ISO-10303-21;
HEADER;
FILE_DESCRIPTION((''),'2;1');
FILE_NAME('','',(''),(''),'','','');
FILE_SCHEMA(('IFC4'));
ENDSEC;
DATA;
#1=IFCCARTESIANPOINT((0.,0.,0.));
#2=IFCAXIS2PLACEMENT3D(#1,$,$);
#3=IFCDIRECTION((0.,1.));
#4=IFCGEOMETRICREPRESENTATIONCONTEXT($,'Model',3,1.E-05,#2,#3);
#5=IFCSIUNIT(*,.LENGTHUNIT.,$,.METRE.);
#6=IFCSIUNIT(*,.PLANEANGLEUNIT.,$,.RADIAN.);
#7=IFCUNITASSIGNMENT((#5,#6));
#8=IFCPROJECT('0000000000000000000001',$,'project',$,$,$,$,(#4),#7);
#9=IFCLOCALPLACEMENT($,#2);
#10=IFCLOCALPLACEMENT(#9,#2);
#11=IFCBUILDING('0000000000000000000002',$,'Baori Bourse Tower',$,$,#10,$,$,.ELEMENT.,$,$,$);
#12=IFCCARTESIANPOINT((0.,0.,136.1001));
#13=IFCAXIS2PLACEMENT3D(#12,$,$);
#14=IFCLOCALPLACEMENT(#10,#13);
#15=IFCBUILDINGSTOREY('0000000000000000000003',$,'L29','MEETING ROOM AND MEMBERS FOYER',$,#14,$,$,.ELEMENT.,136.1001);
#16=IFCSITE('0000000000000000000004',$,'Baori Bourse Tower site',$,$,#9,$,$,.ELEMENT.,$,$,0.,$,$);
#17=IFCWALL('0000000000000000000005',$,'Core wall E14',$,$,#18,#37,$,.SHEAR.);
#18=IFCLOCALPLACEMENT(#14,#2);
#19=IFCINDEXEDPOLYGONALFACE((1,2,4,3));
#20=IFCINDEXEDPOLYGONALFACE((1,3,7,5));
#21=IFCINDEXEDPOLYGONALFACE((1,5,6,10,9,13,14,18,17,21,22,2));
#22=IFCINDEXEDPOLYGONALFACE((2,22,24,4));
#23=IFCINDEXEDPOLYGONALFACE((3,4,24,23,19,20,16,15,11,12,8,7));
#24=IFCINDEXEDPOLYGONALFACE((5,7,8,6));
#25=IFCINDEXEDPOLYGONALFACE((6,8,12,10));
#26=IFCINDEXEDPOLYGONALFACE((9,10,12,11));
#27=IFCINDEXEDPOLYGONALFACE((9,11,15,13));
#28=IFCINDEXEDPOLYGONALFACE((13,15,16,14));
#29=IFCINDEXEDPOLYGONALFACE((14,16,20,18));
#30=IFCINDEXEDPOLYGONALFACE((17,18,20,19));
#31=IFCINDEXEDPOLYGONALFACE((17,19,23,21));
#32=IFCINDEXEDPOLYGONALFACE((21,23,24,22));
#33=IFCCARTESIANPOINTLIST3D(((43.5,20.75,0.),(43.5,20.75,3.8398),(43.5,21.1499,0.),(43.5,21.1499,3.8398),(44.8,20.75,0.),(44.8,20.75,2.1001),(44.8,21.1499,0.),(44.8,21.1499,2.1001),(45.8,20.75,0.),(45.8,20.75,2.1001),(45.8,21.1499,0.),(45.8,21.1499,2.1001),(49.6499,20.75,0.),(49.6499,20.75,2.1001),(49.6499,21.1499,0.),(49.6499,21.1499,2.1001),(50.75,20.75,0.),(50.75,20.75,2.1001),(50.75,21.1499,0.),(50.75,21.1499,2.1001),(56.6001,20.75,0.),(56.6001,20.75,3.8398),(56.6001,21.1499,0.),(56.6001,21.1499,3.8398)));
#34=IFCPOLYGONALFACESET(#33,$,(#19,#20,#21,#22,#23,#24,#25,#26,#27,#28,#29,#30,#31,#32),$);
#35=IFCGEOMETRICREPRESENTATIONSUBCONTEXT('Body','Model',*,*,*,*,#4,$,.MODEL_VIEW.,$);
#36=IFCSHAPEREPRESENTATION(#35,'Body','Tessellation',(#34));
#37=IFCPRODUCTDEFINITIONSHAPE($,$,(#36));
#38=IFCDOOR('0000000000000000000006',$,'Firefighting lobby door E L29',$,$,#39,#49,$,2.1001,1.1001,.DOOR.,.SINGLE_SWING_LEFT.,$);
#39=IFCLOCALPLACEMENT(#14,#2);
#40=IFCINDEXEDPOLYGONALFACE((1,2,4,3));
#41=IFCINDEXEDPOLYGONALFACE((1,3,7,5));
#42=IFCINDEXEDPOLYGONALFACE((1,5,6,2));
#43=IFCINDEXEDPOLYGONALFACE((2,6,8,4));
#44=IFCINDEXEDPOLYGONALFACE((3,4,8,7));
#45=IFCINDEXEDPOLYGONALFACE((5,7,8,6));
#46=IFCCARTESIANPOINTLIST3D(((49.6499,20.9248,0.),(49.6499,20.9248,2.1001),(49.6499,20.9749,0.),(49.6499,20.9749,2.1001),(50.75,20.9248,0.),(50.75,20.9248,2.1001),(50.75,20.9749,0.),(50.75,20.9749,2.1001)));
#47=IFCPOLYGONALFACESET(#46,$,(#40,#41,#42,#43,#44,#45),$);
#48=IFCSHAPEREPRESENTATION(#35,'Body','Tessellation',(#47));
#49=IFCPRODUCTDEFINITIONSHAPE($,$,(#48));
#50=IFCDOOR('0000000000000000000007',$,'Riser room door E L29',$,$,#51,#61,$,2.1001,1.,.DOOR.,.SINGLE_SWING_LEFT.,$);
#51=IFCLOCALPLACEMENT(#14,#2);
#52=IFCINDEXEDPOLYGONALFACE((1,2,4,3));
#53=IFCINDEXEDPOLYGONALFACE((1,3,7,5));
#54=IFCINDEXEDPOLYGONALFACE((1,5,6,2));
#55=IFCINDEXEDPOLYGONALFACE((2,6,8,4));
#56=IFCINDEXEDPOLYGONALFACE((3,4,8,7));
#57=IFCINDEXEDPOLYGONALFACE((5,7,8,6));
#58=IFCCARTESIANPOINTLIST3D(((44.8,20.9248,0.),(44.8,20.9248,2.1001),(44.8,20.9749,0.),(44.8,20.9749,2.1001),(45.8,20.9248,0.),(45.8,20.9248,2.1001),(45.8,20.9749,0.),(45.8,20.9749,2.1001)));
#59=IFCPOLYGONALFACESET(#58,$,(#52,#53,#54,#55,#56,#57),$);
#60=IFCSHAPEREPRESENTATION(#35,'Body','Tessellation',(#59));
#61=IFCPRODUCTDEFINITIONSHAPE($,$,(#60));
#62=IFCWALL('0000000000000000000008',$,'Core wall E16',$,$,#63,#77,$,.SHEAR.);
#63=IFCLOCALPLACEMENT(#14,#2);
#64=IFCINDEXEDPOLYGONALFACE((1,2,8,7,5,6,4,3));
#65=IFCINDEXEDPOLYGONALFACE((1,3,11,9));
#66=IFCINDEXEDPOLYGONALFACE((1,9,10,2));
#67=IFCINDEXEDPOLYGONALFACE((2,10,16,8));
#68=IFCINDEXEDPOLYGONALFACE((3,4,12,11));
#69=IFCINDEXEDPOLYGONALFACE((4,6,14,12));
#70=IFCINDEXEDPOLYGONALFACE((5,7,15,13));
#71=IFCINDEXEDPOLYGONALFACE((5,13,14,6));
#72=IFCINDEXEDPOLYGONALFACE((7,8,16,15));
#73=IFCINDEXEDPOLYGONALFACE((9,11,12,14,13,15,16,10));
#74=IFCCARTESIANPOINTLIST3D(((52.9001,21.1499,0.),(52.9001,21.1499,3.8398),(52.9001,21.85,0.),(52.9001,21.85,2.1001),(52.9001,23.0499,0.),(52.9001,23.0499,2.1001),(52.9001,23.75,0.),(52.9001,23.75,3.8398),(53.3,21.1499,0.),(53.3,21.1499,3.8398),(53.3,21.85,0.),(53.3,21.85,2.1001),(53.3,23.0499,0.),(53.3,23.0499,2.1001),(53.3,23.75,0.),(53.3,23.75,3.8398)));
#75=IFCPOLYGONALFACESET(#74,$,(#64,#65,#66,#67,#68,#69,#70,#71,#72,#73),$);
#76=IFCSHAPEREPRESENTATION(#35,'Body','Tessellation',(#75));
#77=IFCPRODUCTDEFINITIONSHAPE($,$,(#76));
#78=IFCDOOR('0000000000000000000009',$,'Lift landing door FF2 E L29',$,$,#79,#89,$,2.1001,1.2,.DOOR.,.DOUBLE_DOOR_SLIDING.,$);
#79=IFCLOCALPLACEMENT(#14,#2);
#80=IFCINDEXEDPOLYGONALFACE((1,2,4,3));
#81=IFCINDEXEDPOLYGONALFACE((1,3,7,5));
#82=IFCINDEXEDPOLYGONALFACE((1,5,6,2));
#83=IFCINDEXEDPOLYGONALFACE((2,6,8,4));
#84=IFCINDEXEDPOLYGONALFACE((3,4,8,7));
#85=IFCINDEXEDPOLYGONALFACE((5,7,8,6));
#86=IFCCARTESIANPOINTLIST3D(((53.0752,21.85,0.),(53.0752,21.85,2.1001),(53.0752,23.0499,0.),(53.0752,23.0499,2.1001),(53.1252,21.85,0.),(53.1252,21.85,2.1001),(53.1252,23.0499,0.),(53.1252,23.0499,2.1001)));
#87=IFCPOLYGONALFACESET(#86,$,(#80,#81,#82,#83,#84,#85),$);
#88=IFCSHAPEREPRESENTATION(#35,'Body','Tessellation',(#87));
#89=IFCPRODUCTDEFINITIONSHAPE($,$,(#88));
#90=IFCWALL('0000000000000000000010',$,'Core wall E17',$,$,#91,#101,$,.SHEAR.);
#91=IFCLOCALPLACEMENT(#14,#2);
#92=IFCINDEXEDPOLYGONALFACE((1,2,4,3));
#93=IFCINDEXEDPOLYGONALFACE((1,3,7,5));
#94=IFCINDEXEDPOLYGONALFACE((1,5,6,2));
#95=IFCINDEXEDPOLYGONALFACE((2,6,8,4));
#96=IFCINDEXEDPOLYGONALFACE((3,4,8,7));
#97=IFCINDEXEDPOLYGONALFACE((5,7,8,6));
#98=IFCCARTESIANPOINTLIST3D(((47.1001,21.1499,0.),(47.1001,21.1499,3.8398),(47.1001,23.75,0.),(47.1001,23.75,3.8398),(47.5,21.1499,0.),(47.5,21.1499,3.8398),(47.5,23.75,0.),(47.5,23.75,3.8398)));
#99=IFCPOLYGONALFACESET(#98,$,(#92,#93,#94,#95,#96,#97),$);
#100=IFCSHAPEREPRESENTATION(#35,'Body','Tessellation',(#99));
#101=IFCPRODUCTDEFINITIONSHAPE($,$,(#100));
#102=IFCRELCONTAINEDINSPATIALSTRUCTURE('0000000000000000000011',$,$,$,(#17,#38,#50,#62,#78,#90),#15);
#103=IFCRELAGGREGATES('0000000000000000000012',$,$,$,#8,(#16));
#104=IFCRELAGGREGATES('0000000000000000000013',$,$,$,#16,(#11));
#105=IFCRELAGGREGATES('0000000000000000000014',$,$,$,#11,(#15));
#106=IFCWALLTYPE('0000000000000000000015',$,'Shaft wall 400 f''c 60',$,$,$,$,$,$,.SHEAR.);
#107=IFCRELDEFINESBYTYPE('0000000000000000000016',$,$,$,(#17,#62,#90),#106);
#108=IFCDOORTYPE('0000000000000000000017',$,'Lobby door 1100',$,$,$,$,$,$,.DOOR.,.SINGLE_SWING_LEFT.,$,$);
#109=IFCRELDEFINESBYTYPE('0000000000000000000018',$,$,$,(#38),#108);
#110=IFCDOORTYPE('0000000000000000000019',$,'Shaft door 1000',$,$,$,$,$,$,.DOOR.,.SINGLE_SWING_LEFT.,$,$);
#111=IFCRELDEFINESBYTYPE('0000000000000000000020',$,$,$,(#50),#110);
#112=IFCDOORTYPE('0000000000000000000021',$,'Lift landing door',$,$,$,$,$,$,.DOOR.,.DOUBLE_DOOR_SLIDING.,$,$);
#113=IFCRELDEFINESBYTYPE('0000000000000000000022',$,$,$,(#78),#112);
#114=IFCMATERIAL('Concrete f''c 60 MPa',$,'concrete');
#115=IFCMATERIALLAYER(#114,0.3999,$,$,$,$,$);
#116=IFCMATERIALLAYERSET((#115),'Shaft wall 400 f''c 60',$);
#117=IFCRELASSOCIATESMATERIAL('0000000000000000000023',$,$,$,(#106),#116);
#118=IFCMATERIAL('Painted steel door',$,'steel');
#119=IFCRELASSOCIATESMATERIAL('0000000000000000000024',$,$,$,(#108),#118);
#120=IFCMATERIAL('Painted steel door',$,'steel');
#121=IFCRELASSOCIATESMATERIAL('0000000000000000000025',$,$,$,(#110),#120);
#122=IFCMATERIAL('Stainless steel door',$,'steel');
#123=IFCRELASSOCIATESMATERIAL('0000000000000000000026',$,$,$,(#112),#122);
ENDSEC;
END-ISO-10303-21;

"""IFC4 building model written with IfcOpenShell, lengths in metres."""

from ifc_helpers import new_model, si_unit, direction, frame, frame_2d, origin, place, context, subcontext, project, spatial, rectangle, extrude, material, layer, layer_set, type_object, element, fill, save


model = new_model("IFC4")

# Units and contexts
model_context = context("Model", 3, precision=1e-05, world=origin(), true_north=direction((0.0, 1.0)))
body_context = subcontext(model_context, "Body", "Model", "MODEL_VIEW")
ifc_project = project(units=[si_unit("LENGTHUNIT", "METRE"), si_unit("PLANEANGLEUNIT", "RADIAN")], contexts=[model_context])

# Site, building, storey
site_placement = place(None, origin())
site = spatial("IfcSite", under=ifc_project, at=site_placement, Name="Baori Bourse Tower site", CompositionType="ELEMENT", RefElevation=0.0)
building_placement = place(site_placement, origin())
building = spatial("IfcBuilding", under=site, at=building_placement, Name="Baori Bourse Tower", CompositionType="ELEMENT")
storey_placement = place(building_placement, frame((0.0, 0.0, 136.1001)))
storey = spatial("IfcBuildingStorey", under=building, at=storey_placement, Name="L29", Description="MEETING ROOM AND MEMBERS FOYER", CompositionType="ELEMENT", Elevation=136.1001)

# Wall, openings, doors
ifc_material_1 = material(Name="Concrete f'c 60 MPa", Category="concrete")
ifc_layer_1 = layer(ifc_material_1, 0.3999)
ifc_layer_set_1 = layer_set([ifc_layer_1], Name="Shaft wall 400 f'c 60")
wall_type_1 = type_object("IfcWallType", Name="Shaft wall 400 f'c 60", PredefinedType="SHEAR", material=ifc_layer_set_1)
wall_1_placement = place(storey_placement, frame((43.5, 20.95, 0.0), z_axis=(0.0, 0.0, 1.0), x_axis=(1.0, 0.0, 0.0)))
wall_1 = element("IfcWall", 1, at=wall_1_placement, inside=storey, type_object=wall_type_1, Name="Core wall E14", PredefinedType="SHEAR", context=body_context, shape_type="SweptSolid", body=[
    extrude(rectangle(XDim=13.1001, YDim=0.3999, at=frame_2d((6.55, 0.0))), origin(), (0.0, 0.0, 1.0), 3.8398),
])
opening_1_placement = place(wall_1_placement, frame((6.1499, 0.0, 0.0)))
opening_1 = element("IfcOpeningElement", 2, at=opening_1_placement, cuts=wall_1, PredefinedType="OPENING", context=body_context, shape_type="SweptSolid", body=[
    extrude(rectangle(XDim=1.1001, YDim=2.1001, at=frame_2d((0.55, 1.05))), frame((0.0, 0.21, 0.0), z_axis=(0.0, -1.0, 0.0), x_axis=(1.0, 0.0, 0.0)), (0.0, 0.0, 1.0), 0.4199),
])
opening_2_placement = place(wall_1_placement, frame((1.3, 0.0, 0.0)))
opening_2 = element("IfcOpeningElement", 3, at=opening_2_placement, cuts=wall_1, PredefinedType="OPENING", context=body_context, shape_type="SweptSolid", body=[
    extrude(rectangle(XDim=1.0, YDim=2.1001, at=frame_2d((0.5, 1.05))), frame((0.0, 0.21, 0.0), z_axis=(0.0, -1.0, 0.0), x_axis=(1.0, 0.0, 0.0)), (0.0, 0.0, 1.0), 0.4199),
])
ifc_material_2 = material(Name="Painted steel door", Category="steel")
door_type_1 = type_object("IfcDoorType", Name="Lobby door 1100", OperationType="SINGLE_SWING_LEFT", PredefinedType="DOOR", material=ifc_material_2)
door_1_placement = place(opening_1_placement, origin())
door_1 = element("IfcDoor", 4, at=door_1_placement, inside=storey, type_object=door_type_1, Name="Firefighting lobby door E L29", OperationType="SINGLE_SWING_LEFT", OverallHeight=2.1001, OverallWidth=1.1001, PredefinedType="DOOR", context=body_context, shape_type="SweptSolid", body=[
    extrude(rectangle(XDim=1.1001, YDim=2.1001, at=frame_2d((0.55, 1.05))), frame((0.0, 0.0249, 0.0), z_axis=(0.0, -1.0, 0.0), x_axis=(1.0, 0.0, 0.0)), (0.0, 0.0, 1.0), 0.05),
])
fill(opening_1, door_1)
ifc_material_3 = material(Name="Painted steel door", Category="steel")
door_type_2 = type_object("IfcDoorType", Name="Shaft door 1000", OperationType="SINGLE_SWING_LEFT", PredefinedType="DOOR", material=ifc_material_3)
door_2_placement = place(opening_2_placement, origin())
door_2 = element("IfcDoor", 5, at=door_2_placement, inside=storey, type_object=door_type_2, Name="Riser room door E L29", OperationType="SINGLE_SWING_LEFT", OverallHeight=2.1001, OverallWidth=1.0, PredefinedType="DOOR", context=body_context, shape_type="SweptSolid", body=[
    extrude(rectangle(XDim=1.0, YDim=2.1001, at=frame_2d((0.5, 1.05))), frame((0.0, 0.0249, 0.0), z_axis=(0.0, -1.0, 0.0), x_axis=(1.0, 0.0, 0.0)), (0.0, 0.0, 1.0), 0.05),
])
fill(opening_2, door_2)

# Wall, opening, door
wall_2_placement = place(storey_placement, frame((53.1001, 21.1499, 0.0), z_axis=(0.0, 0.0, 1.0), x_axis=(0.0, 1.0, 0.0)))
wall_2 = element("IfcWall", 6, at=wall_2_placement, inside=storey, type_object=wall_type_1, Name="Core wall E16", PredefinedType="SHEAR", context=body_context, shape_type="SweptSolid", body=[
    extrude(rectangle(XDim=2.6001, YDim=0.3999, at=frame_2d((1.3, 0.0))), origin(), (0.0, 0.0, 1.0), 3.8398),
])
opening_3_placement = place(wall_2_placement, frame((0.7, 0.0, 0.0)))
opening_3 = element("IfcOpeningElement", 7, at=opening_3_placement, cuts=wall_2, PredefinedType="OPENING", context=body_context, shape_type="SweptSolid", body=[
    extrude(rectangle(XDim=1.2, YDim=2.1001, at=frame_2d((0.6001, 1.05))), frame((0.0, 0.21, 0.0), z_axis=(0.0, -1.0, 0.0), x_axis=(1.0, 0.0, 0.0)), (0.0, 0.0, 1.0), 0.4199),
])
ifc_material_4 = material(Name="Stainless steel door", Category="steel")
door_type_3 = type_object("IfcDoorType", Name="Lift landing door", OperationType="DOUBLE_DOOR_SLIDING", PredefinedType="DOOR", material=ifc_material_4)
door_3_placement = place(opening_3_placement, origin())
door_3 = element("IfcDoor", 8, at=door_3_placement, inside=storey, type_object=door_type_3, Name="Lift landing door FF2 E L29", OperationType="DOUBLE_DOOR_SLIDING", OverallHeight=2.1001, OverallWidth=1.2, PredefinedType="DOOR", context=body_context, shape_type="SweptSolid", body=[
    extrude(rectangle(XDim=1.2, YDim=2.1001, at=frame_2d((0.6001, 1.05))), frame((0.0, 0.0249, 0.0), z_axis=(0.0, -1.0, 0.0), x_axis=(1.0, 0.0, 0.0)), (0.0, 0.0, 1.0), 0.05),
])
fill(opening_3, door_3)

# Wall
wall_3_placement = place(storey_placement, frame((47.3, 21.1499, 0.0), z_axis=(0.0, 0.0, 1.0), x_axis=(0.0, 1.0, 0.0)))
element("IfcWall", 9, at=wall_3_placement, inside=storey, type_object=wall_type_1, Name="Core wall E17", PredefinedType="SHEAR", context=body_context, shape_type="SweptSolid", body=[
    extrude(rectangle(XDim=2.6001, YDim=0.3999, at=frame_2d((1.3, 0.0))), origin(), (0.0, 0.0, 1.0), 3.8398),
])

save(model, "model.ifc")
